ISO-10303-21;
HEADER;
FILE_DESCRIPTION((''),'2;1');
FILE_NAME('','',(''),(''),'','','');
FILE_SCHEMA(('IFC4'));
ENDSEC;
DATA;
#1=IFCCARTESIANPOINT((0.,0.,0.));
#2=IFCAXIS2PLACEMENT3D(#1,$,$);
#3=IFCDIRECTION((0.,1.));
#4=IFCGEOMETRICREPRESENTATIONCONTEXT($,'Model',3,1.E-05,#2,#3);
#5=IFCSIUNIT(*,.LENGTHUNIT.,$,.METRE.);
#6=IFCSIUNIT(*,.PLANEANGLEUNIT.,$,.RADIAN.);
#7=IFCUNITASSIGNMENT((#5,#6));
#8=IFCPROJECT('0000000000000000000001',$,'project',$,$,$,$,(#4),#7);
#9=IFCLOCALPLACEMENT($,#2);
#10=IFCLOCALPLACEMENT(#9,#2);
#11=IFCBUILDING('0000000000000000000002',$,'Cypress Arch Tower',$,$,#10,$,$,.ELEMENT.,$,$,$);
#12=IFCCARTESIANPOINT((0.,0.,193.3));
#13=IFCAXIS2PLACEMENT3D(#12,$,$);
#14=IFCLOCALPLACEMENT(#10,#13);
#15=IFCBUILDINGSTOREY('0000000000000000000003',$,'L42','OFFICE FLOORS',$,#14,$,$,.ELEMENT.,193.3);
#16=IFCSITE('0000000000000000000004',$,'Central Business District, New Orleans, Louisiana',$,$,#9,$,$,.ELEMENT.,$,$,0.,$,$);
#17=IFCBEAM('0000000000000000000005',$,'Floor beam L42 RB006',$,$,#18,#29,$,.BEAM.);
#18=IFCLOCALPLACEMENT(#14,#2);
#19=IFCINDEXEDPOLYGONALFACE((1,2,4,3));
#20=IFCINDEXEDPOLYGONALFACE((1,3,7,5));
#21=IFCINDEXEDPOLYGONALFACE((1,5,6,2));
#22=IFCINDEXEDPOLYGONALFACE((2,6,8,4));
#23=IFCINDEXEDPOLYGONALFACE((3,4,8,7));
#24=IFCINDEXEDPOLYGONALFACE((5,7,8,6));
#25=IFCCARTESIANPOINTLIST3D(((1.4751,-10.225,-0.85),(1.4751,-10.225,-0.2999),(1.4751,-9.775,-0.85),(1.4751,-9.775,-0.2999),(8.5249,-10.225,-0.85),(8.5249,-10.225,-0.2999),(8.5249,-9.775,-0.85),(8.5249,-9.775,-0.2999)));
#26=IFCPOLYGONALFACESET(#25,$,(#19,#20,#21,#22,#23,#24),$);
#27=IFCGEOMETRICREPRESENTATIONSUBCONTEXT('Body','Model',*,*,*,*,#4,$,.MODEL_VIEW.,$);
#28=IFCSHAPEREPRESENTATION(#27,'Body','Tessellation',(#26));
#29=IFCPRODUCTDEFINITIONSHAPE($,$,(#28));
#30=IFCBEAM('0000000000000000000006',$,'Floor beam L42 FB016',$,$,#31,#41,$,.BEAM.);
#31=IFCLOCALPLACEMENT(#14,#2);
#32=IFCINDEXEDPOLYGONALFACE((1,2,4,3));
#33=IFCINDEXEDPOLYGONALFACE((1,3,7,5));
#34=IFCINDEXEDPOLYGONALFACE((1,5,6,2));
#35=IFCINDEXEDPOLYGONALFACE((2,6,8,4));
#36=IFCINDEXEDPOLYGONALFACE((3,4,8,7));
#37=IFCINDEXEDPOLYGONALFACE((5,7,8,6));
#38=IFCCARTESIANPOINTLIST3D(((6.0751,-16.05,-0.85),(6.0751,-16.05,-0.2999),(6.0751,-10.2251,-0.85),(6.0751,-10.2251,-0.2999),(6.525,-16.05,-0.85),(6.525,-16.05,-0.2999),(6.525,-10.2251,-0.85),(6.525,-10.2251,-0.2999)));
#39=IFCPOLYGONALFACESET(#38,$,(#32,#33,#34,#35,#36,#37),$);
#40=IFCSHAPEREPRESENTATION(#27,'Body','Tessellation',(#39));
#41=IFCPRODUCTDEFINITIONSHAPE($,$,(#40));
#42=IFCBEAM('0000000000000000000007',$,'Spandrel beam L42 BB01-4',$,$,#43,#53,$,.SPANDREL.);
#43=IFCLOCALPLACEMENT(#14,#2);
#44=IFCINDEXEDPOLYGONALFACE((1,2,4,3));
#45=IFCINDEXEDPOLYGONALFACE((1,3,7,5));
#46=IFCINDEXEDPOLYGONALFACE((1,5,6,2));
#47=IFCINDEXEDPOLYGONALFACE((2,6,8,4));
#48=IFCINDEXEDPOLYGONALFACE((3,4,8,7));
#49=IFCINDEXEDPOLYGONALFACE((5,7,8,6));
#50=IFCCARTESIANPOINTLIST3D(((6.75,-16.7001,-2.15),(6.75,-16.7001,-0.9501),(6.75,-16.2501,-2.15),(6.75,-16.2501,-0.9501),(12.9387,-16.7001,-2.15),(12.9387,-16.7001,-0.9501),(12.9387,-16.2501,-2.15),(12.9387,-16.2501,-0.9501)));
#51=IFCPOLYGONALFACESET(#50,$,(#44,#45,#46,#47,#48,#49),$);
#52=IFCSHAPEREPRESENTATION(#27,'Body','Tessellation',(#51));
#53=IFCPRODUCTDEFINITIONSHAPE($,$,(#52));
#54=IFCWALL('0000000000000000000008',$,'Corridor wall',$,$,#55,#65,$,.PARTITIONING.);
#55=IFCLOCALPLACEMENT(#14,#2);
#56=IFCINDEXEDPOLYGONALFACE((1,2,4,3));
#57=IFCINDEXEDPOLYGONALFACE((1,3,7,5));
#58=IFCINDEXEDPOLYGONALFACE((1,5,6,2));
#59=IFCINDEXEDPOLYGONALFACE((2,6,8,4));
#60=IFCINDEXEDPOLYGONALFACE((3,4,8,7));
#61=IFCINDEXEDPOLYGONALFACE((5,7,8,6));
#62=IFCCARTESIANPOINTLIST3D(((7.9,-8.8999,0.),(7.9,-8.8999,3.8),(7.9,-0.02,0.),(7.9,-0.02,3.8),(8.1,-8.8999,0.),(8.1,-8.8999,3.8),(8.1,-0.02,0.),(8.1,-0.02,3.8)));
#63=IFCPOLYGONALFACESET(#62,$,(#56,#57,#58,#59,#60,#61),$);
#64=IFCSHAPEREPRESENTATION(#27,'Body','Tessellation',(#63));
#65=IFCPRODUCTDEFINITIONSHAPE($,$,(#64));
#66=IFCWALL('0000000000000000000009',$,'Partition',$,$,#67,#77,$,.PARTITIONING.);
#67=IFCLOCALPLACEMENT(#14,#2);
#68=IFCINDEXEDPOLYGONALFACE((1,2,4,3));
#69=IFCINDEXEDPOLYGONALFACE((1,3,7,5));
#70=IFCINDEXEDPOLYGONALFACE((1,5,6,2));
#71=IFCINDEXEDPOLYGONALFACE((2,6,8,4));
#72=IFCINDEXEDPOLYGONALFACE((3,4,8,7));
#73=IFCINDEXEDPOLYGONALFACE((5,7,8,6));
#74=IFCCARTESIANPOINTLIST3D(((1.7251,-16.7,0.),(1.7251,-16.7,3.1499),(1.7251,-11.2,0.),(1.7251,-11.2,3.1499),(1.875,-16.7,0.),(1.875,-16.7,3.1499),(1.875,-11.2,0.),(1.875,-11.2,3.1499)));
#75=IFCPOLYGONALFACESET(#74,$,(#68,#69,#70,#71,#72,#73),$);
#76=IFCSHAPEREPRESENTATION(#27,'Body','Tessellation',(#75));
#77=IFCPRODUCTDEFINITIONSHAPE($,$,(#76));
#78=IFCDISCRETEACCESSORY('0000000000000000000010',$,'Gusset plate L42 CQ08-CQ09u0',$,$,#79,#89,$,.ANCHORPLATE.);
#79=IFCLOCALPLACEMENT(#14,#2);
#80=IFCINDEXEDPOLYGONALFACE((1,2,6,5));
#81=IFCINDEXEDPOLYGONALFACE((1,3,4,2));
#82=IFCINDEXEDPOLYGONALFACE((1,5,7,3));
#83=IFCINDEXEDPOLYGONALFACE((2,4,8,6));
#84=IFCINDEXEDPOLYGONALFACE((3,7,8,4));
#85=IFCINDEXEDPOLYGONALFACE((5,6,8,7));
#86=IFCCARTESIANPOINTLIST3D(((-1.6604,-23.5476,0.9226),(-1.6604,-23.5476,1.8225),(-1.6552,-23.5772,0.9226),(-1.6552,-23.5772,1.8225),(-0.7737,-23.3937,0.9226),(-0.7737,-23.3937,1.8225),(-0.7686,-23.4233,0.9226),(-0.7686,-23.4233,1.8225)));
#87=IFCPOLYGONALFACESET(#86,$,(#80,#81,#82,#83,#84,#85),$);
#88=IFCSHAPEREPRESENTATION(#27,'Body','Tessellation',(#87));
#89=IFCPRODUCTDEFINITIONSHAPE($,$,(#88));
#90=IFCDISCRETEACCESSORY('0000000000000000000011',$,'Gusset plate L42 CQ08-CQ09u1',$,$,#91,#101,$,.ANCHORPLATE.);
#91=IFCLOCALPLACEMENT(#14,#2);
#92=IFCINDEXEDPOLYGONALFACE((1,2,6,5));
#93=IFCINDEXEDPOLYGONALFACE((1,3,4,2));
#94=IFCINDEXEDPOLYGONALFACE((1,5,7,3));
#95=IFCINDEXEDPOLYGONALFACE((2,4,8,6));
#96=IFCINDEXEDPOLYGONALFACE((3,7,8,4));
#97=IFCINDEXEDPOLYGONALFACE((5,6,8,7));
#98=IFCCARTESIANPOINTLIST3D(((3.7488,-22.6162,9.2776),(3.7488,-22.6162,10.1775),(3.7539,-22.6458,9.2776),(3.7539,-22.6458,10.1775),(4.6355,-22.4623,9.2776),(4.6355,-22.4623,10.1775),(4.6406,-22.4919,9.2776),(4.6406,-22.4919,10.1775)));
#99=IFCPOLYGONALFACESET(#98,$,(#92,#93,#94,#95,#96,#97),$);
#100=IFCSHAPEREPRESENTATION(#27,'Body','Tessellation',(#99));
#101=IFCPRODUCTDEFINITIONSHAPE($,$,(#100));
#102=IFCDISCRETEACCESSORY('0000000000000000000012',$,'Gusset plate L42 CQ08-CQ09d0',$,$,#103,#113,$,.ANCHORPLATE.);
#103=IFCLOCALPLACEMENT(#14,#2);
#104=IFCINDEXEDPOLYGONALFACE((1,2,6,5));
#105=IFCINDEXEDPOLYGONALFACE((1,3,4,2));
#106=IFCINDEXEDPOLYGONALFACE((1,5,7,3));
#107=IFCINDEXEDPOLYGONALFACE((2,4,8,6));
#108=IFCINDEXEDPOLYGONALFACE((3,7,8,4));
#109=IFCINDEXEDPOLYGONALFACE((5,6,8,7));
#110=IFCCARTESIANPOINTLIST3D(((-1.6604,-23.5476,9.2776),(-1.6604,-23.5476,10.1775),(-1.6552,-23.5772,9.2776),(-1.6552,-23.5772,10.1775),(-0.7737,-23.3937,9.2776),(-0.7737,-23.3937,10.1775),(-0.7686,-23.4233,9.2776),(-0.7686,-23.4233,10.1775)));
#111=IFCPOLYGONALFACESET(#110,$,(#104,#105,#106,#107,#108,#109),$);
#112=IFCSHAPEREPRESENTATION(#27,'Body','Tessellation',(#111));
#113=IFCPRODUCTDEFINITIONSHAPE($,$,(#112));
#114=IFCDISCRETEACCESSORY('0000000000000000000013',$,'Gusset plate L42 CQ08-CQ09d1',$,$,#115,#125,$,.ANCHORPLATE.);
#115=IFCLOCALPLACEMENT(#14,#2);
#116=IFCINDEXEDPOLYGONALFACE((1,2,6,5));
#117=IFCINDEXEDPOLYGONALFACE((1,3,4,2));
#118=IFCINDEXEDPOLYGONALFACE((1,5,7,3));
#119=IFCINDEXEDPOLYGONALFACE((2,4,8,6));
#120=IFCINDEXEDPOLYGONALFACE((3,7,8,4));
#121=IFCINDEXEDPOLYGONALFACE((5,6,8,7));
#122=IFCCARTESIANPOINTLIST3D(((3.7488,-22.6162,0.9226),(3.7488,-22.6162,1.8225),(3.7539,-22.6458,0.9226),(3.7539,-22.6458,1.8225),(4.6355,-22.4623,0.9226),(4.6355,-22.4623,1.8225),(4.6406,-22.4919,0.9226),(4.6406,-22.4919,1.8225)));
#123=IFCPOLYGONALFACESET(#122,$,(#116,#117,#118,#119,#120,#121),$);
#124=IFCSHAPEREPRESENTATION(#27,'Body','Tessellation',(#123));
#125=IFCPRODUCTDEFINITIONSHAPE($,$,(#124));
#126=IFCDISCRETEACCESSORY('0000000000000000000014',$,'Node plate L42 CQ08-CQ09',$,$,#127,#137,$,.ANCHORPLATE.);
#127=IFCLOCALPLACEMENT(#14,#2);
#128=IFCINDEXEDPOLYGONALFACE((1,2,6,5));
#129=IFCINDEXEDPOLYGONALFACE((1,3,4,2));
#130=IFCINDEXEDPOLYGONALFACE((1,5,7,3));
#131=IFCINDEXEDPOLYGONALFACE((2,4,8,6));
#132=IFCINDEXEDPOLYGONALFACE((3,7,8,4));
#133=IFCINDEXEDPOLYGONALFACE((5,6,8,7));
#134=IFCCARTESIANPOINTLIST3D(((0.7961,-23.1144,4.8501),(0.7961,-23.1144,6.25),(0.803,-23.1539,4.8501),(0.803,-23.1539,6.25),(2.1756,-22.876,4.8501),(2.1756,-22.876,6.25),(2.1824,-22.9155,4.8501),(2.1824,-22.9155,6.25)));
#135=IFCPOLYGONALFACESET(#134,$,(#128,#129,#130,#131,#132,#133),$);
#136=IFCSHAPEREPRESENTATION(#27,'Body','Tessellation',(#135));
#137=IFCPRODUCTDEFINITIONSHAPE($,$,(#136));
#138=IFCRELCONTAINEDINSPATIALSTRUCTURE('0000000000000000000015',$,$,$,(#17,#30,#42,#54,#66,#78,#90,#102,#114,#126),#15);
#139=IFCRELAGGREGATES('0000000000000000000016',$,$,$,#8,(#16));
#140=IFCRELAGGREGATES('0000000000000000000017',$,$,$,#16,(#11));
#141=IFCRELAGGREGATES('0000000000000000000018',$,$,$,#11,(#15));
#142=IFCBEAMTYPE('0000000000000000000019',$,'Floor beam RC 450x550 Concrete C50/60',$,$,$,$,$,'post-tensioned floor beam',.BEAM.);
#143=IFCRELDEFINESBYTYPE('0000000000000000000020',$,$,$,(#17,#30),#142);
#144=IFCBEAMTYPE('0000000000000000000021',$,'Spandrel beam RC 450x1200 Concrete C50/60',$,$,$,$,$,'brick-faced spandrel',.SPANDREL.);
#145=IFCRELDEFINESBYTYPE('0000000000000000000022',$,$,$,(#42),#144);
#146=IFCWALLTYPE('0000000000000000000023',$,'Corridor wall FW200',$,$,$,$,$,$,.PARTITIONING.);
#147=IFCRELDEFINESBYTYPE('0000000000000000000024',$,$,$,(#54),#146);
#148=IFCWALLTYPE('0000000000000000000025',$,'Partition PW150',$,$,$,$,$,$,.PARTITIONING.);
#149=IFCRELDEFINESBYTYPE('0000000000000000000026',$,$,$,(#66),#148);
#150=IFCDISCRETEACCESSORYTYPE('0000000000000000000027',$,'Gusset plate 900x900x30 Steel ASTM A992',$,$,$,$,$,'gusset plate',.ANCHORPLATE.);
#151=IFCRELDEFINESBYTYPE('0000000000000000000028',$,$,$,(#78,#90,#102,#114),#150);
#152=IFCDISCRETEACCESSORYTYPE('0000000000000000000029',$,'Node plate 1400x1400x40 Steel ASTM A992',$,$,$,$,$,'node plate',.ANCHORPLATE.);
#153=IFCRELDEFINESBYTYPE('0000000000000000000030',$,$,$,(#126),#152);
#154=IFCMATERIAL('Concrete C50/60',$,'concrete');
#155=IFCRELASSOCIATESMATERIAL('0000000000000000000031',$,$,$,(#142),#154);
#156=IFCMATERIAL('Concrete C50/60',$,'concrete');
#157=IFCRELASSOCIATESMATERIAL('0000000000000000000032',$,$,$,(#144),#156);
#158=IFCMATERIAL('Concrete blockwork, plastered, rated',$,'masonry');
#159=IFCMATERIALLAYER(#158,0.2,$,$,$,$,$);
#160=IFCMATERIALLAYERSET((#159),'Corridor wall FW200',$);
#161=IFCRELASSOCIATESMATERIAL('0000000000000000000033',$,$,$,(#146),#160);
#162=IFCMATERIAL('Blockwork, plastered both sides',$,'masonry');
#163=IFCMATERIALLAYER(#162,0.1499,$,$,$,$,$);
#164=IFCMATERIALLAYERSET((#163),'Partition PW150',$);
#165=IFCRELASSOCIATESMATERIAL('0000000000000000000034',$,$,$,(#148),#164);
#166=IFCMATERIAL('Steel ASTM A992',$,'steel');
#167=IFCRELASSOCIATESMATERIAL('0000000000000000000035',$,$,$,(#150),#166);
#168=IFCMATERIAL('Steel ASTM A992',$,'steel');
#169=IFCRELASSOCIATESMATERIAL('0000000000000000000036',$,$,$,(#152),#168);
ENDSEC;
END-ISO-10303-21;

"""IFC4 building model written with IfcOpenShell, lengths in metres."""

from ifc_helpers import new_model, si_unit, direction, frame, frame_2d, origin, origin_2d, place, context, subcontext, project, spatial, rectangle, extrude, material, layer, layer_set, material_profile, profile_set, type_object, element, save


model = new_model("IFC4")

# Units and contexts
model_context = context("Model", 3, precision=1e-05, world=origin(), true_north=direction((0.0, 1.0)))
body_context = subcontext(model_context, "Body", "Model", "MODEL_VIEW")
ifc_project = project(units=[si_unit("LENGTHUNIT", "METRE"), si_unit("PLANEANGLEUNIT", "RADIAN")], contexts=[model_context])

# Site, building, storey
site_placement = place(None, origin())
site = spatial("IfcSite", under=ifc_project, at=site_placement, Name="Central Business District, New Orleans, Louisiana", CompositionType="ELEMENT", RefElevation=0.0)
building_placement = place(site_placement, origin())
building = spatial("IfcBuilding", under=site, at=building_placement, Name="Cypress Arch Tower", CompositionType="ELEMENT")
storey_placement = place(building_placement, frame((0.0, 0.0, 193.3)))
storey = spatial("IfcBuildingStorey", under=building, at=storey_placement, Name="L42", Description="OFFICE FLOORS", CompositionType="ELEMENT", Elevation=193.3)

# Beams
ifc_material_1 = material(Name="Concrete C50/60", Category="concrete")
ifc_material_profile_1 = material_profile(ifc_material_1, rectangle(XDim=0.45, YDim=0.55, at=origin_2d()), Name="RC 450x550")
ifc_profile_set_1 = profile_set([ifc_material_profile_1], Name="Concrete C50/60")
beam_type_1 = type_object("IfcBeamType", Name="Floor beam RC 450x550 Concrete C50/60", ElementType="post-tensioned floor beam", PredefinedType="BEAM", material=ifc_profile_set_1)
beam_1_placement = place(storey_placement, frame((1.4751, -10.0, -0.575), z_axis=(1.0, 0.0, 0.0), x_axis=(0.0, 1.0, 0.0)))
element("IfcBeam", 1, at=beam_1_placement, inside=storey, type_object=beam_type_1, Name="Floor beam L42 RB006", PredefinedType="BEAM", context=body_context, shape_type="SweptSolid", body=[
    extrude(rectangle(XDim=0.45, YDim=0.55, at=origin_2d()), origin(), (0.0, 0.0, 1.0), 7.0498),
])
beam_2_placement = place(storey_placement, frame((6.3, -16.05, -0.575), z_axis=(0.0, 1.0, 0.0), x_axis=(-1.0, 0.0, 0.0)))
element("IfcBeam", 2, at=beam_2_placement, inside=storey, type_object=beam_type_1, Name="Floor beam L42 FB016", PredefinedType="BEAM", context=body_context, shape_type="SweptSolid", body=[
    extrude(rectangle(XDim=0.45, YDim=0.55, at=origin_2d()), origin(), (0.0, 0.0, 1.0), 5.825),
])
ifc_material_2 = material(Name="Concrete C50/60", Category="concrete")
ifc_material_profile_2 = material_profile(ifc_material_2, rectangle(XDim=0.45, YDim=1.2, at=origin_2d()), Name="RC 450x1200")
ifc_profile_set_2 = profile_set([ifc_material_profile_2], Name="Concrete C50/60")
beam_type_2 = type_object("IfcBeamType", Name="Spandrel beam RC 450x1200 Concrete C50/60", ElementType="brick-faced spandrel", PredefinedType="SPANDREL", material=ifc_profile_set_2)
beam_3_placement = place(storey_placement, frame((6.75, -16.4751, -1.55), z_axis=(1.0, 0.0, 0.0), x_axis=(0.0, 1.0, 0.0)))
element("IfcBeam", 3, at=beam_3_placement, inside=storey, type_object=beam_type_2, Name="Spandrel beam L42 BB01-4", PredefinedType="SPANDREL", context=body_context, shape_type="SweptSolid", body=[
    extrude(rectangle(XDim=0.45, YDim=1.2, at=origin_2d()), origin(), (0.0, 0.0, 1.0), 6.1887),
])

# Walls
ifc_material_3 = material(Name="Concrete blockwork, plastered, rated", Category="masonry")
ifc_layer_1 = layer(ifc_material_3, 0.2)
ifc_layer_set_1 = layer_set([ifc_layer_1], Name="Corridor wall FW200")
wall_type_1 = type_object("IfcWallType", Name="Corridor wall FW200", PredefinedType="PARTITIONING", material=ifc_layer_set_1)
wall_1_placement = place(storey_placement, frame((8.0, -8.8999, 0.0), z_axis=(0.0, 0.0, 1.0), x_axis=(0.0, 1.0, 0.0)))
element("IfcWall", 4, at=wall_1_placement, inside=storey, type_object=wall_type_1, Name="Corridor wall", PredefinedType="PARTITIONING", context=body_context, shape_type="SweptSolid", body=[
    extrude(rectangle(XDim=8.8799, YDim=0.2, at=frame_2d((4.4399, 0.0))), origin(), (0.0, 0.0, 1.0), 3.8),
])
ifc_material_4 = material(Name="Blockwork, plastered both sides", Category="masonry")
ifc_layer_2 = layer(ifc_material_4, 0.1499)
ifc_layer_set_2 = layer_set([ifc_layer_2], Name="Partition PW150")
wall_type_2 = type_object("IfcWallType", Name="Partition PW150", PredefinedType="PARTITIONING", material=ifc_layer_set_2)
wall_2_placement = place(storey_placement, frame((1.8, -16.7, 0.0), z_axis=(0.0, 0.0, 1.0), x_axis=(0.0, 1.0, 0.0)))
element("IfcWall", 5, at=wall_2_placement, inside=storey, type_object=wall_type_2, Name="Partition", PredefinedType="PARTITIONING", context=body_context, shape_type="SweptSolid", body=[
    extrude(rectangle(XDim=5.5, YDim=0.1499, at=frame_2d((2.75, 0.0))), origin(), (0.0, 0.0, 1.0), 3.1499),
])

# Discrete accessories
ifc_material_5 = material(Name="Steel ASTM A992", Category="steel")
ifc_material_profile_3 = material_profile(ifc_material_5, rectangle(XDim=0.8999, YDim=0.8999, at=origin_2d()), Name="PL 30 900x900")
ifc_profile_set_3 = profile_set([ifc_material_profile_3], Name="Steel ASTM A992")
discrete_accessory_type_1 = type_object("IfcDiscreteAccessoryType", Name="Gusset plate 900x900x30 Steel ASTM A992", ElementType="gusset plate", PredefinedType="ANCHORPLATE", material=ifc_profile_set_3)
for number, where, z_axis, x_axis, name in (
    (6, (-1.2119, -23.5002, 1.3726), (-0.170998, 0.985271, 0.0), (-0.985271, -0.170998, 0.0), "Gusset plate L42 CQ08-CQ09u0"),
    (7, (4.1973, -22.5688, 9.7275), (-0.170998, 0.985271, 0.0), (-0.985271, -0.170998, 0.0), "Gusset plate L42 CQ08-CQ09u1"),
    (8, (-1.2119, -23.5002, 9.7275), (-0.170998, 0.985271, 0.0), (-0.985271, -0.170998, 0.0), "Gusset plate L42 CQ08-CQ09d0"),
    (9, (4.1973, -22.5688, 1.3726), (-0.170998, 0.985271, 0.0), (-0.985271, -0.170998, 0.0), "Gusset plate L42 CQ08-CQ09d1"),
):
    element("IfcDiscreteAccessory", number, at=place(storey_placement, frame(where, z_axis=z_axis, x_axis=x_axis)), inside=storey, type_object=discrete_accessory_type_1, Name=name, PredefinedType="ANCHORPLATE", context=body_context, shape_type="SweptSolid", body=[
        extrude(rectangle(XDim=0.8999, YDim=0.8999, at=origin_2d()), origin(), (0.0, 0.0, 1.0), 0.03),
    ])
ifc_material_6 = material(Name="Steel ASTM A992", Category="steel")
ifc_material_profile_4 = material_profile(ifc_material_6, rectangle(XDim=1.3999, YDim=1.3999, at=origin_2d()), Name="PL 40 1400x1400")
ifc_profile_set_4 = profile_set([ifc_material_profile_4], Name="Steel ASTM A992")
discrete_accessory_type_2 = type_object("IfcDiscreteAccessoryType", Name="Node plate 1400x1400x40 Steel ASTM A992", ElementType="node plate", PredefinedType="ANCHORPLATE", material=ifc_profile_set_4)
discrete_accessory_placement = place(storey_placement, frame((1.4927, -23.0347, 5.55), z_axis=(-0.170314, 0.98539, 0.0), x_axis=(-0.98539, -0.170314, 0.0)))
element("IfcDiscreteAccessory", 10, at=discrete_accessory_placement, inside=storey, type_object=discrete_accessory_type_2, Name="Node plate L42 CQ08-CQ09", PredefinedType="ANCHORPLATE", context=body_context, shape_type="SweptSolid", body=[
    extrude(rectangle(XDim=1.3999, YDim=1.3999, at=origin_2d()), origin(), (0.0, 0.0, 1.0), 0.04),
])

save(model, "model.ifc")
